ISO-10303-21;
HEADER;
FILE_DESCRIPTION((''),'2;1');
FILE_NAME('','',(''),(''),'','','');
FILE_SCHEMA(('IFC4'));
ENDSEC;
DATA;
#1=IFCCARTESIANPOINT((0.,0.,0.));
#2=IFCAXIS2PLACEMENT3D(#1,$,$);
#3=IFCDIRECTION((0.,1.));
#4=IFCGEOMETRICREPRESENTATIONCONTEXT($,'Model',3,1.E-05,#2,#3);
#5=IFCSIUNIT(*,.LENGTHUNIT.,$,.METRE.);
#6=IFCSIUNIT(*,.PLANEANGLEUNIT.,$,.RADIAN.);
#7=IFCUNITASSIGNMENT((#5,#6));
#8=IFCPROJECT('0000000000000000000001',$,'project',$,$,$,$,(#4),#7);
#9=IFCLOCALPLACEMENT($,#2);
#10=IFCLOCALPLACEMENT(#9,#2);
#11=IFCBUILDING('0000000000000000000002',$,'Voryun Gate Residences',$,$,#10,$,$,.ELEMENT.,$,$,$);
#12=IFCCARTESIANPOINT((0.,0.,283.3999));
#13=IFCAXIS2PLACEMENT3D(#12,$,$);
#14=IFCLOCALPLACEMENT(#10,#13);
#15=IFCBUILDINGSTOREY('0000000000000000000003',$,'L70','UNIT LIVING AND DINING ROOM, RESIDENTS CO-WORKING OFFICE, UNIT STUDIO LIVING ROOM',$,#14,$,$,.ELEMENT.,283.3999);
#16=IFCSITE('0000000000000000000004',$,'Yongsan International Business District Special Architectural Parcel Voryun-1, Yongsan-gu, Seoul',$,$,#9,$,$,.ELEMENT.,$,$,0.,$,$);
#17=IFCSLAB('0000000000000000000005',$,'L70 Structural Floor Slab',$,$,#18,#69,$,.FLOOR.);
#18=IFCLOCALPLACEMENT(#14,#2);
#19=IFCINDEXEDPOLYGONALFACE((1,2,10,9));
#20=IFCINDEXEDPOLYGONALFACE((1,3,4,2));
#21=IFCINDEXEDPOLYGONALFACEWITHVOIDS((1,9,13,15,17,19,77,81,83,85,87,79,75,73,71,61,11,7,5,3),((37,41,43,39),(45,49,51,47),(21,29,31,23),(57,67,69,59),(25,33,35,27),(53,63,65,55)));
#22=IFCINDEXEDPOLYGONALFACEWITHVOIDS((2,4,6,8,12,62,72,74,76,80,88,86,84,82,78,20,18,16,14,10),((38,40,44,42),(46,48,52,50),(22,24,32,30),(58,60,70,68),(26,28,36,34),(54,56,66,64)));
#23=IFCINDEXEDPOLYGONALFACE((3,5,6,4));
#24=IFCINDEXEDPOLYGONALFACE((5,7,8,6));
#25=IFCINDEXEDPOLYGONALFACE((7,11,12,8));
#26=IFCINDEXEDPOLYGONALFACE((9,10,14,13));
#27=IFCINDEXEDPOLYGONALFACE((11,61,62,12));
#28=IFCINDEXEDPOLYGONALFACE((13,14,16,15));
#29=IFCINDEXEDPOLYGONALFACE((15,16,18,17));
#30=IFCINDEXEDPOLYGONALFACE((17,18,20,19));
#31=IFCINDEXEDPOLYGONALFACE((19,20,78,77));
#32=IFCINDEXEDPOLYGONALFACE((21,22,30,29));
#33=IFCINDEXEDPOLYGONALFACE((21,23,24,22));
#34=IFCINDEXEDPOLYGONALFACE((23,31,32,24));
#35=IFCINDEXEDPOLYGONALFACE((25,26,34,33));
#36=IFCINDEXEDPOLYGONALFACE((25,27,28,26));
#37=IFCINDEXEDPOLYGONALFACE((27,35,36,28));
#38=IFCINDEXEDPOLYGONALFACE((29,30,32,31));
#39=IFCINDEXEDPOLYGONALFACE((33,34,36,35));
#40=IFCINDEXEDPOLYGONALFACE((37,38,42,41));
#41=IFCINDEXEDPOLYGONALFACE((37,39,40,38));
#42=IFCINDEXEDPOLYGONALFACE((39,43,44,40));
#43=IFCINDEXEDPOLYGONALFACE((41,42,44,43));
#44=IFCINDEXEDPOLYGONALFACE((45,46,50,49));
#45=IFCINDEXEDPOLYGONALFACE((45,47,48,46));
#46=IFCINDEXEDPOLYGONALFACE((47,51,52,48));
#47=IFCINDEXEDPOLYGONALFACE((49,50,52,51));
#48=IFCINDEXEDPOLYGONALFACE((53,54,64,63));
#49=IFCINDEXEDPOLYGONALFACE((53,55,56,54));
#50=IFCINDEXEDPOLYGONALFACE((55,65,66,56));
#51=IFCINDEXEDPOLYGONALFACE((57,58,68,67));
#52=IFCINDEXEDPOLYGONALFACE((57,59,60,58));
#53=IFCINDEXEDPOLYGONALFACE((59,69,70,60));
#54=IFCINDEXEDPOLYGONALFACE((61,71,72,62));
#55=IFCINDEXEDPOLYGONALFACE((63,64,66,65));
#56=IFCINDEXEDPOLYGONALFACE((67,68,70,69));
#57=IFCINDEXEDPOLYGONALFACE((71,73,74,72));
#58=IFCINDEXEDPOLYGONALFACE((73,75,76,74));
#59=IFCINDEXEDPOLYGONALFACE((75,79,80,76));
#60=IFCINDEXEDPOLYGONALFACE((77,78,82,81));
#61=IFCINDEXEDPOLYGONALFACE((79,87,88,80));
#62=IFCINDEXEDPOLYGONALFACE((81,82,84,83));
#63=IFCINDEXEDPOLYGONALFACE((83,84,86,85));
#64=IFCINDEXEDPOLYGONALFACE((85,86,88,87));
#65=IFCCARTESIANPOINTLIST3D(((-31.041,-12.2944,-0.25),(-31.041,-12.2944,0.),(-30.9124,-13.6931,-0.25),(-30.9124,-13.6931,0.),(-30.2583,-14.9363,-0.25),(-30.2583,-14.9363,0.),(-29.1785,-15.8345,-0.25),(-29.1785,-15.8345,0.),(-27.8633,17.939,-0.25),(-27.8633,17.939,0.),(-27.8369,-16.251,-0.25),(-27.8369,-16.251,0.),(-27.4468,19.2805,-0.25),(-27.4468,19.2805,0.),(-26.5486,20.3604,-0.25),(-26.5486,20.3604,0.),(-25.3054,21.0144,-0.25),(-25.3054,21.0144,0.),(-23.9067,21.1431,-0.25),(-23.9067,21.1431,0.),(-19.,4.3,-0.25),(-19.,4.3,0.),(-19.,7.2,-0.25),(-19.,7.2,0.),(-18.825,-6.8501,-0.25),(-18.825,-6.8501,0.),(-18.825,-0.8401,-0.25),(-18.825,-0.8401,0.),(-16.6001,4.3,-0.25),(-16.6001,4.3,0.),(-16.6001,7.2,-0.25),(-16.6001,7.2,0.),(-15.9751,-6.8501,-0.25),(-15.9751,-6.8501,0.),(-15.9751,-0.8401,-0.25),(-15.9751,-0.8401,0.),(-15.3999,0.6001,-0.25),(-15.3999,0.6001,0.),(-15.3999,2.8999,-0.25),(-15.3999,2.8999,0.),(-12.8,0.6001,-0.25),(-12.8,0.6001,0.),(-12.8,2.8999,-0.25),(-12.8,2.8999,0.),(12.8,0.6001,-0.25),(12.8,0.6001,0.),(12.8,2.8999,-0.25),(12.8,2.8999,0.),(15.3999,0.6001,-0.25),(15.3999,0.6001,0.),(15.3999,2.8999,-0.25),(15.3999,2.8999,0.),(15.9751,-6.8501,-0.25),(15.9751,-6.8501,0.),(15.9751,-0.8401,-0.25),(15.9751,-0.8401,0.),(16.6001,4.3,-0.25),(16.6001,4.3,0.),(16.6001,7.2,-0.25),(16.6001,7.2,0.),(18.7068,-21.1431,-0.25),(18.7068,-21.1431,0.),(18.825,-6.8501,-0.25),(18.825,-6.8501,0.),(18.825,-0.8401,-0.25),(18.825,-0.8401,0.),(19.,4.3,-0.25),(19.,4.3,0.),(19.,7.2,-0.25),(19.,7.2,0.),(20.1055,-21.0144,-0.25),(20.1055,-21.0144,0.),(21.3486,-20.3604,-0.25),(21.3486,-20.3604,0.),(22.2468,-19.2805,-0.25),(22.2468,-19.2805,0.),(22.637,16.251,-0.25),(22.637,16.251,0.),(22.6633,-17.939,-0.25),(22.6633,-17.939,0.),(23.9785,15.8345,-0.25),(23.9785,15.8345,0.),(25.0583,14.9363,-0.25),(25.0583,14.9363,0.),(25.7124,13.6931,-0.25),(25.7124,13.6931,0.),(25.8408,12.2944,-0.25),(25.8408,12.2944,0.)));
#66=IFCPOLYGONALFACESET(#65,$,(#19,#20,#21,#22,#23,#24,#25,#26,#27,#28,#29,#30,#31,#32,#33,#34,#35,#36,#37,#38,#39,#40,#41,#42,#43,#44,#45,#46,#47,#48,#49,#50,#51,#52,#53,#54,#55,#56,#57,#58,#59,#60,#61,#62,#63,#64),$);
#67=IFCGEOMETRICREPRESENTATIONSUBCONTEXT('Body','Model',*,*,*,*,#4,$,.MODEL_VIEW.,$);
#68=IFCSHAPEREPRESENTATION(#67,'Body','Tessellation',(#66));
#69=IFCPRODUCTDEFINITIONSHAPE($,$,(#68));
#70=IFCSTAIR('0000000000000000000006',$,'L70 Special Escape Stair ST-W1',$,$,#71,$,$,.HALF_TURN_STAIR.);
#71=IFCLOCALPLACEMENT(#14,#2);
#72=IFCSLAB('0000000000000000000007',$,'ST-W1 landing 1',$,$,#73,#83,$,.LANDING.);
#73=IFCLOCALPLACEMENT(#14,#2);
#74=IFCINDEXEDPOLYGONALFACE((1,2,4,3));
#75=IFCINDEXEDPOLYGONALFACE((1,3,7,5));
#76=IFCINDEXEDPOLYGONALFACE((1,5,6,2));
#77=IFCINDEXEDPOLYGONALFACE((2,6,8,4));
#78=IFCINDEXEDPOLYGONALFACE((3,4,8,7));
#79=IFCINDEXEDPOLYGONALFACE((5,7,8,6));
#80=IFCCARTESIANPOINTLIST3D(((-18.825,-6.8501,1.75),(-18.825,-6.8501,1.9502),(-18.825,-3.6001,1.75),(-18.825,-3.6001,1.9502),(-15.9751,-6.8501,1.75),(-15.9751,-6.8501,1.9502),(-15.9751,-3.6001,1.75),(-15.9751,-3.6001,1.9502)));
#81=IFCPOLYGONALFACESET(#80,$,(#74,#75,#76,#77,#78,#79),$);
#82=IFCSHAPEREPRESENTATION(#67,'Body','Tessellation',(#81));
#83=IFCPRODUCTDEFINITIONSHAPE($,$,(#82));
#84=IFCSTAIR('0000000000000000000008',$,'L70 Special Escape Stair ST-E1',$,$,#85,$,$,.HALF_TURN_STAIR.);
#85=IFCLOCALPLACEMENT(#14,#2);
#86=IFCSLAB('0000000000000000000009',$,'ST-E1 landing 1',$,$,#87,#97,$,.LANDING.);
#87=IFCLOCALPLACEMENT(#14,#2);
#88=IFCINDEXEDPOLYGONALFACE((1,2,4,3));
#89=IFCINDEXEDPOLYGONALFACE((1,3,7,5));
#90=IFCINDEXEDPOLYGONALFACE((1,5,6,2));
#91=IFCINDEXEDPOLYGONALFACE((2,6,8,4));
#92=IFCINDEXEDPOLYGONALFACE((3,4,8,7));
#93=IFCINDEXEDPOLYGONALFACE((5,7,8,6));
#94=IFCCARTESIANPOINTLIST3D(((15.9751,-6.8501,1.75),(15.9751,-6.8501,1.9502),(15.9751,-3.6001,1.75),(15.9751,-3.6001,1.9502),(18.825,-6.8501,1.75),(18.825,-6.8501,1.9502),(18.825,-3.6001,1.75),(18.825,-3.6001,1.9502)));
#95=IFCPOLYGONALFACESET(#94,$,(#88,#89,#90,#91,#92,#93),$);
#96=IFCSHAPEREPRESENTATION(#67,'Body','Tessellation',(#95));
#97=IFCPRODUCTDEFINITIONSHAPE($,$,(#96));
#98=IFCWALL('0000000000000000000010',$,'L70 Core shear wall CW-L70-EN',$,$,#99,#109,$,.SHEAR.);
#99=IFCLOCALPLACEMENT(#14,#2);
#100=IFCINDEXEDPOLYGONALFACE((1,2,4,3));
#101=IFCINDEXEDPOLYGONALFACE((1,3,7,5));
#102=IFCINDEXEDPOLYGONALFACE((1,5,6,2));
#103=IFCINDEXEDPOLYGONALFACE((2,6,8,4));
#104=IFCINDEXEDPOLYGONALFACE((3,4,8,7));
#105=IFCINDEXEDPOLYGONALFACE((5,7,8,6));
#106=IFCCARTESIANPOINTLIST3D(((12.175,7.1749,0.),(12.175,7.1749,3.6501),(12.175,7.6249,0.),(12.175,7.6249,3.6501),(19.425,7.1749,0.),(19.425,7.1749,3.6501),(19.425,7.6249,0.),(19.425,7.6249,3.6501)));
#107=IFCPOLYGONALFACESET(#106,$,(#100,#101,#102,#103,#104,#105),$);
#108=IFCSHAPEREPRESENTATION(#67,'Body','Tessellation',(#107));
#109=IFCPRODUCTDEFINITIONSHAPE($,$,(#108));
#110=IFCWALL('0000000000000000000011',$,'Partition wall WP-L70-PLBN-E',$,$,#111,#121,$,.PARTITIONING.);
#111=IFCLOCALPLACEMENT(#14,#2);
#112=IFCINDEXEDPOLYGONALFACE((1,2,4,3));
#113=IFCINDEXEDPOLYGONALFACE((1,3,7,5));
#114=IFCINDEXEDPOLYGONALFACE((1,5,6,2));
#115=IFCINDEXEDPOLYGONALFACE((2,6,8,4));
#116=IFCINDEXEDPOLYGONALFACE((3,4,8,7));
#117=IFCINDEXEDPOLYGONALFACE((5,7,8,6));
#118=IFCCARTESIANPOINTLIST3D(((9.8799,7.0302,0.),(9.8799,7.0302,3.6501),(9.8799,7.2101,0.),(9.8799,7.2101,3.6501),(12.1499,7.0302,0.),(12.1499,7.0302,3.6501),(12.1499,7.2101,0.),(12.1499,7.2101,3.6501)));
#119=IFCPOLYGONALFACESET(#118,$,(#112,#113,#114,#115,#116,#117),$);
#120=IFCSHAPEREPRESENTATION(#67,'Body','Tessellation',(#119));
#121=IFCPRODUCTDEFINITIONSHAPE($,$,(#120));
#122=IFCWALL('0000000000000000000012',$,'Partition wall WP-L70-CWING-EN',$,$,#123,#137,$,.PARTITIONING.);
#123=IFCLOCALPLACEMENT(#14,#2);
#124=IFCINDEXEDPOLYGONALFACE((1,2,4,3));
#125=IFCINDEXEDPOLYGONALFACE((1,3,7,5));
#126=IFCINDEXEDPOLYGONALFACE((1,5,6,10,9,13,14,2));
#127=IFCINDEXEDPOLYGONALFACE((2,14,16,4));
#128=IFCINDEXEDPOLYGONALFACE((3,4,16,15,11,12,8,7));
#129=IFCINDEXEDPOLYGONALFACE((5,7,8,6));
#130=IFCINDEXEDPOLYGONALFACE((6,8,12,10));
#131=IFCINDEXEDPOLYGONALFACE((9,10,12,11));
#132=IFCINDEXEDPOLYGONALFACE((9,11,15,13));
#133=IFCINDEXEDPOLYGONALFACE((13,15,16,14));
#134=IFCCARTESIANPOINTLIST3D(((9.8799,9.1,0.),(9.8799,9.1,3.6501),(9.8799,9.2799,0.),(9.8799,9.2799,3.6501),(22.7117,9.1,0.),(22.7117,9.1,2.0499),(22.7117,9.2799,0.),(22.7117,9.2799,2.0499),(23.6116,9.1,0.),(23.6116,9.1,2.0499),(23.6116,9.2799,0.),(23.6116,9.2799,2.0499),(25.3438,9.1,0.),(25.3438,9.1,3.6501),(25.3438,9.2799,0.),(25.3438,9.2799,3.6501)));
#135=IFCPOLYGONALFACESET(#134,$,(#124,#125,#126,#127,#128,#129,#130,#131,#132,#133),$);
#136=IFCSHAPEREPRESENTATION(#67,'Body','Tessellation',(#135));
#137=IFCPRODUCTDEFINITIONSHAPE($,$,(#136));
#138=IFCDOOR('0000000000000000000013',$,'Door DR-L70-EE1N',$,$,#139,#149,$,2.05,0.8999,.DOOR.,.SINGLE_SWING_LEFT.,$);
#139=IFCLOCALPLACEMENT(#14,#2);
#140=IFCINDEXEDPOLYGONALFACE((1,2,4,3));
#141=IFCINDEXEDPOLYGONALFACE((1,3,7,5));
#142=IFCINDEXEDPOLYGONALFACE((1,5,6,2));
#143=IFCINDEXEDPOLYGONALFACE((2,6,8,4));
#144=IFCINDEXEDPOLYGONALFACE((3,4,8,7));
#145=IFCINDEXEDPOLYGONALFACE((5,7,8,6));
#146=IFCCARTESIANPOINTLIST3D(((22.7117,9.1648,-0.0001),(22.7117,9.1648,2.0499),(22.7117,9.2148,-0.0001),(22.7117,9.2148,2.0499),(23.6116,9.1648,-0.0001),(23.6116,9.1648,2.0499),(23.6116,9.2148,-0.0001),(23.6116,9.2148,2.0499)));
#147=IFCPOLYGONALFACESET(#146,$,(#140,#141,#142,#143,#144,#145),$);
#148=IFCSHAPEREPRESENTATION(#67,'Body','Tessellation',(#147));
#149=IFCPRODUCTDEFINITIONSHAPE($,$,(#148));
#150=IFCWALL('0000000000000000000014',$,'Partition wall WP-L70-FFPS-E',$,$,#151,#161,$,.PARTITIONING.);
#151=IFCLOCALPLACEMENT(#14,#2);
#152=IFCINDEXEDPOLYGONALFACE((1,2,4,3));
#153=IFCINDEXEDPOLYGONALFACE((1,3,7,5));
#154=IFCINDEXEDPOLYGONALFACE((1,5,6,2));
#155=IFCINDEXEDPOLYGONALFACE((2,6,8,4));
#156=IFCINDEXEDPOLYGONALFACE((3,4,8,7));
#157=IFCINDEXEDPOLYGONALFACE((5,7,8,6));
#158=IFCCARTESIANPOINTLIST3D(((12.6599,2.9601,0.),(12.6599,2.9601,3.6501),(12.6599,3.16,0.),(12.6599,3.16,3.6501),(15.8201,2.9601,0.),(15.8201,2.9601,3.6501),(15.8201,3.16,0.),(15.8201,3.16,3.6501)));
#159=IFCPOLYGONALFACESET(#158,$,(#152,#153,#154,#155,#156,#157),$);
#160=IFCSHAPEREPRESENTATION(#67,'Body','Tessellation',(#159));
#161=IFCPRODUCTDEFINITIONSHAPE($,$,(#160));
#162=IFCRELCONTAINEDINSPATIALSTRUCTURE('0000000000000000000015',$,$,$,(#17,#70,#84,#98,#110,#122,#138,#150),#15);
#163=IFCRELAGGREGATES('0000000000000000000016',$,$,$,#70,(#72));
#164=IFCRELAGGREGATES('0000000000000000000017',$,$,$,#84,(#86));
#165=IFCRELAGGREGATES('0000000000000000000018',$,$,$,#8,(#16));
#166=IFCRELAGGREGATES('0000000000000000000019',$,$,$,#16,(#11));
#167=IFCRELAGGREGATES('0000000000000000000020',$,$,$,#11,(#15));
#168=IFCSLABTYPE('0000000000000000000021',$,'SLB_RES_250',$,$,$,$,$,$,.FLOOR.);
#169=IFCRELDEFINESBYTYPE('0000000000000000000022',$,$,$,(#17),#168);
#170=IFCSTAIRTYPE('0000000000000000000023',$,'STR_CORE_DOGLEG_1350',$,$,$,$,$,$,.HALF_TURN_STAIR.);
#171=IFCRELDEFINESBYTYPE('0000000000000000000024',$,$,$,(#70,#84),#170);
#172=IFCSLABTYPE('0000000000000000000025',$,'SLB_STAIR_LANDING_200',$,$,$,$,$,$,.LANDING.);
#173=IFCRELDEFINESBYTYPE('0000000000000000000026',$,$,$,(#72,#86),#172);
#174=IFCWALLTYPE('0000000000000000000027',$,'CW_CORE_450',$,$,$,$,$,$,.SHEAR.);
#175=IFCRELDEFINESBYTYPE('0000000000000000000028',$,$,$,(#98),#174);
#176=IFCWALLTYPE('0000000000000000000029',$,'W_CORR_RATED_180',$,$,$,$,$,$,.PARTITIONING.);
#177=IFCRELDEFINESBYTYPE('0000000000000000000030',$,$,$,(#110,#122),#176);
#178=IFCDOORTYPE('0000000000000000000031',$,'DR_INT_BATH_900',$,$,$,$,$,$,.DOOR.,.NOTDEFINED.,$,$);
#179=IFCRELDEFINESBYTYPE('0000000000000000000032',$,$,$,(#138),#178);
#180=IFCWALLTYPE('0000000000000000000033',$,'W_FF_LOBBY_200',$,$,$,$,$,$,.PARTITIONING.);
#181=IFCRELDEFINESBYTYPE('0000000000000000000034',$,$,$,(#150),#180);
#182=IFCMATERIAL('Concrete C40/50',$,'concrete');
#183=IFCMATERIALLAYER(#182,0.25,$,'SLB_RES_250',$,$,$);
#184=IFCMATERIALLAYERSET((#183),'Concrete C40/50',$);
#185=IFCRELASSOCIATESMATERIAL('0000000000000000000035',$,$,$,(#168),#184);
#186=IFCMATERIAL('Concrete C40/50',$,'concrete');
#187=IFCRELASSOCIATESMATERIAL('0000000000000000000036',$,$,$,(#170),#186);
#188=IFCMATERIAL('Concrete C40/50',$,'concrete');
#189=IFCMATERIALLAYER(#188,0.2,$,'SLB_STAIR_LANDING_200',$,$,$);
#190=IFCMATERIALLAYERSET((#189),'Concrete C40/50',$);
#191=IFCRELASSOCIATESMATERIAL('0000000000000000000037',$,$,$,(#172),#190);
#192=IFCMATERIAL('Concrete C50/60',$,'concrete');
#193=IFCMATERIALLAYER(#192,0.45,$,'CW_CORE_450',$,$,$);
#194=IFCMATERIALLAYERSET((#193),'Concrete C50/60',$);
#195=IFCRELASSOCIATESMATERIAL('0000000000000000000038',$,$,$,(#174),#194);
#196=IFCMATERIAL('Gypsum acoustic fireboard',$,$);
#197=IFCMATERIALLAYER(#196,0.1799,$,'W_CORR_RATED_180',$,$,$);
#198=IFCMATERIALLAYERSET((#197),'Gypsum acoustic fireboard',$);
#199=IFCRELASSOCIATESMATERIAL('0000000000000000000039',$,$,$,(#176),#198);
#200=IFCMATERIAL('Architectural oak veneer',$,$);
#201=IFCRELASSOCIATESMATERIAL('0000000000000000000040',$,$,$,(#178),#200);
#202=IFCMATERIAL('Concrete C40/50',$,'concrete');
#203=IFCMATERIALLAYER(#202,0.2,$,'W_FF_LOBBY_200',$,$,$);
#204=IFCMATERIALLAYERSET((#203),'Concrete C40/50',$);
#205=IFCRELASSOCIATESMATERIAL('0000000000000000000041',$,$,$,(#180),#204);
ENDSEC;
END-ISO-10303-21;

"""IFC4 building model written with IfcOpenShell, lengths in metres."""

from ifc_helpers import new_model, si_unit, direction, frame, frame_2d, origin, place, context, subcontext, project, spatial, polyline, rectangle, outline, extrude, material, layer, layer_set, type_object, element, fill, aggregate, save


model = new_model("IFC4")

# Units and contexts
model_context = context("Model", 3, precision=1e-05, world=origin(), true_north=direction((0.0, 1.0)))
body_context = subcontext(model_context, "Body", "Model", "MODEL_VIEW")
ifc_project = project(units=[si_unit("LENGTHUNIT", "METRE"), si_unit("PLANEANGLEUNIT", "RADIAN")], contexts=[model_context])

# Site, building, storey
site_placement = place(None, origin())
site = spatial("IfcSite", under=ifc_project, at=site_placement, Name="Yongsan International Business District Special Architectural Parcel Voryun-1, Yongsan-gu, Seoul", CompositionType="ELEMENT", RefElevation=0.0)
building_placement = place(site_placement, origin())
building = spatial("IfcBuilding", under=site, at=building_placement, Name="Voryun Gate Residences", CompositionType="ELEMENT")
storey_placement = place(building_placement, frame((0.0, 0.0, 283.3999)))
storey = spatial("IfcBuildingStorey", under=building, at=storey_placement, Name="L70", Description="UNIT LIVING AND DINING ROOM, RESIDENTS CO-WORKING OFFICE, UNIT STUDIO LIVING ROOM", CompositionType="ELEMENT", Elevation=283.3999)

# Slab
ifc_material_1 = material(Name="Concrete C40/50", Category="concrete")
ifc_layer_1 = layer(ifc_material_1, 0.25, Name="SLB_RES_250")
ifc_layer_set_1 = layer_set([ifc_layer_1], Name="Concrete C40/50")
slab_type_1 = type_object("IfcSlabType", Name="SLB_RES_250", PredefinedType="FLOOR", material=ifc_layer_set_1)
slab_1_placement = place(storey_placement, frame((0.0, 0.0, -0.25)))
element("IfcSlab", 1, at=slab_1_placement, inside=storey, type_object=slab_type_1, Name="L70 Structural Floor Slab", PredefinedType="FLOOR", context=body_context, shape_type="SweptSolid", body=[
    extrude(outline(polyline([(-27.8369, -16.251), (-29.1785, -15.8345), (-30.2583, -14.9363), (-30.9124, -13.6931), (-31.041, -12.2944), (-27.8633, 17.939), (-27.4468, 19.2805), (-26.5486, 20.3604), (-25.3054, 21.0144), (-23.9067, 21.1431), (22.637, 16.251), (23.9785, 15.8345), (25.0583, 14.9363), (25.7124, 13.6931), (25.8408, 12.2944), (22.6633, -17.939), (22.2468, -19.2805), (21.3486, -20.3604), (20.1055, -21.0144), (18.7068, -21.1431), (-27.8369, -16.251)]), holes=[polyline([(-15.9751, -0.8401), (-18.825, -0.8401), (-18.825, -6.8501), (-15.9751, -6.8501), (-15.9751, -0.8401)]), polyline([(18.825, -6.8501), (18.825, -0.8401), (15.9751, -0.8401), (15.9751, -6.8501), (18.825, -6.8501)]), polyline([(-12.8, 2.8999), (-15.3999, 2.8999), (-15.3999, 0.6001), (-12.8, 0.6001), (-12.8, 2.8999)]), polyline([(12.8, 2.8999), (12.8, 0.6001), (15.3999, 0.6001), (15.3999, 2.8999), (12.8, 2.8999)]), polyline([(-16.6001, 7.2), (-19.0, 7.2), (-19.0, 4.3), (-16.6001, 4.3), (-16.6001, 7.2)]), polyline([(19.0, 7.2), (16.6001, 7.2), (16.6001, 4.3), (19.0, 4.3), (19.0, 7.2)])]), origin(), (0.0, 0.0, 1.0), 0.25),
])

# Stairs, slabs
ifc_material_2 = material(Name="Concrete C40/50", Category="concrete")
stair_type = type_object("IfcStairType", Name="STR_CORE_DOGLEG_1350", PredefinedType="HALF_TURN_STAIR", material=ifc_material_2)
stair_1_placement = place(storey_placement, origin())
stair_1 = element("IfcStair", 2, at=stair_1_placement, inside=storey, type_object=stair_type, Name="L70 Special Escape Stair ST-W1", PredefinedType="HALF_TURN_STAIR")
ifc_material_3 = material(Name="Concrete C40/50", Category="concrete")
ifc_layer_2 = layer(ifc_material_3, 0.2, Name="SLB_STAIR_LANDING_200")
ifc_layer_set_2 = layer_set([ifc_layer_2], Name="Concrete C40/50")
slab_type_2 = type_object("IfcSlabType", Name="SLB_STAIR_LANDING_200", PredefinedType="LANDING", material=ifc_layer_set_2)
slab_2_placement = place(storey_placement, frame((0.0, 0.0, 1.75)))
slab_2 = element("IfcSlab", 3, at=slab_2_placement, type_object=slab_type_2, Name="ST-W1 landing 1", PredefinedType="LANDING", context=body_context, shape_type="SweptSolid", body=[
    extrude(outline(polyline([(-18.825, -3.6001), (-18.825, -6.8501), (-15.9751, -6.8501), (-15.9751, -3.6001), (-18.825, -3.6001)])), origin(), (0.0, 0.0, 1.0), 0.2002),
])
aggregate(stair_1, [slab_2])
stair_2_placement = place(storey_placement, origin())
stair_2 = element("IfcStair", 4, at=stair_2_placement, inside=storey, type_object=stair_type, Name="L70 Special Escape Stair ST-E1", PredefinedType="HALF_TURN_STAIR")
slab_3_placement = place(storey_placement, frame((0.0, 0.0, 1.75)))
slab_3 = element("IfcSlab", 5, at=slab_3_placement, type_object=slab_type_2, Name="ST-E1 landing 1", PredefinedType="LANDING", context=body_context, shape_type="SweptSolid", body=[
    extrude(outline(polyline([(15.9751, -3.6001), (15.9751, -6.8501), (18.825, -6.8501), (18.825, -3.6001), (15.9751, -3.6001)])), origin(), (0.0, 0.0, 1.0), 0.2002),
])
aggregate(stair_2, [slab_3])

# Walls
ifc_material_4 = material(Name="Concrete C50/60", Category="concrete")
ifc_layer_3 = layer(ifc_material_4, 0.45, Name="CW_CORE_450")
ifc_layer_set_3 = layer_set([ifc_layer_3], Name="Concrete C50/60")
wall_type_1 = type_object("IfcWallType", Name="CW_CORE_450", PredefinedType="SHEAR", material=ifc_layer_set_3)
wall_1_placement = place(storey_placement, frame((12.175, 7.3999, 0.0), z_axis=(0.0, 0.0, 1.0), x_axis=(1.0, 0.0, 0.0)))
element("IfcWall", 6, at=wall_1_placement, inside=storey, type_object=wall_type_1, Name="L70 Core shear wall CW-L70-EN", PredefinedType="SHEAR", context=body_context, shape_type="SweptSolid", body=[
    extrude(rectangle(XDim=7.25, YDim=0.45, at=frame_2d((3.625, 0.0))), origin(), (0.0, 0.0, 1.0), 3.6501),
])
ifc_material_5 = material(Name="Gypsum acoustic fireboard")
ifc_layer_4 = layer(ifc_material_5, 0.1799, Name="W_CORR_RATED_180")
ifc_layer_set_4 = layer_set([ifc_layer_4], Name="Gypsum acoustic fireboard")
wall_type_2 = type_object("IfcWallType", Name="W_CORR_RATED_180", PredefinedType="PARTITIONING", material=ifc_layer_set_4)
wall_2_placement = place(storey_placement, frame((9.8799, 7.1201, 0.0), z_axis=(0.0, 0.0, 1.0), x_axis=(1.0, 0.0, 0.0)))
element("IfcWall", 7, at=wall_2_placement, inside=storey, type_object=wall_type_2, Name="Partition wall WP-L70-PLBN-E", PredefinedType="PARTITIONING", context=body_context, shape_type="SweptSolid", body=[
    extrude(rectangle(XDim=2.27, YDim=0.1799, at=frame_2d((1.135, 0.0))), origin(), (0.0, 0.0, 1.0), 3.6501),
])

# Wall, opening, door
wall_3_placement = place(storey_placement, frame((9.8799, 9.1899, 0.0), z_axis=(0.0, 0.0, 1.0), x_axis=(1.0, 0.0, 0.0)))
wall_3 = element("IfcWall", 8, at=wall_3_placement, inside=storey, type_object=wall_type_2, Name="Partition wall WP-L70-CWING-EN", PredefinedType="PARTITIONING", context=body_context, shape_type="SweptSolid", body=[
    extrude(rectangle(XDim=15.4639, YDim=0.1799, at=frame_2d((7.7319, 0.0))), origin(), (0.0, 0.0, 1.0), 3.6501),
])
opening_1_placement = place(wall_3_placement, frame((12.8318, 0.0, 0.0)))
opening_1 = element("IfcOpeningElement", 9, at=opening_1_placement, cuts=wall_3, PredefinedType="OPENING", context=body_context, shape_type="SweptSolid", body=[
    extrude(rectangle(XDim=0.8999, YDim=2.05, at=frame_2d((0.45, 1.0249))), frame((0.0, 0.0999, 0.0), z_axis=(0.0, -1.0, 0.0), x_axis=(1.0, 0.0, 0.0)), (0.0, 0.0, 1.0), 0.2),
])
ifc_material_6 = material(Name="Architectural oak veneer")
door_type_1 = type_object("IfcDoorType", Name="DR_INT_BATH_900", OperationType="NOTDEFINED", PredefinedType="DOOR", material=ifc_material_6)
door_1_placement = place(opening_1_placement, origin())
door_1 = element("IfcDoor", 10, at=door_1_placement, inside=storey, type_object=door_type_1, Name="Door DR-L70-EE1N", OperationType="SINGLE_SWING_LEFT", OverallHeight=2.05, OverallWidth=0.8999, PredefinedType="DOOR", context=body_context, shape_type="SweptSolid", body=[
    extrude(rectangle(XDim=0.8999, YDim=2.05, at=frame_2d((0.45, 1.0249))), frame((0.0, 0.0249, 0.0), z_axis=(0.0, -1.0, 0.0), x_axis=(1.0, 0.0, 0.0)), (0.0, 0.0, 1.0), 0.05),
])
fill(opening_1, door_1)

# Wall
ifc_material_7 = material(Name="Concrete C40/50", Category="concrete")
ifc_layer_5 = layer(ifc_material_7, 0.2, Name="W_FF_LOBBY_200")
ifc_layer_set_5 = layer_set([ifc_layer_5], Name="Concrete C40/50")
wall_type_3 = type_object("IfcWallType", Name="W_FF_LOBBY_200", PredefinedType="PARTITIONING", material=ifc_layer_set_5)
wall_4_placement = place(storey_placement, frame((12.6599, 3.0601, 0.0), z_axis=(0.0, 0.0, 1.0), x_axis=(1.0, 0.0, 0.0)))
element("IfcWall", 11, at=wall_4_placement, inside=storey, type_object=wall_type_3, Name="Partition wall WP-L70-FFPS-E", PredefinedType="PARTITIONING", context=body_context, shape_type="SweptSolid", body=[
    extrude(rectangle(XDim=3.1602, YDim=0.2, at=frame_2d((1.5801, 0.0))), origin(), (0.0, 0.0, 1.0), 3.6501),
])

save(model, "model.ifc")
